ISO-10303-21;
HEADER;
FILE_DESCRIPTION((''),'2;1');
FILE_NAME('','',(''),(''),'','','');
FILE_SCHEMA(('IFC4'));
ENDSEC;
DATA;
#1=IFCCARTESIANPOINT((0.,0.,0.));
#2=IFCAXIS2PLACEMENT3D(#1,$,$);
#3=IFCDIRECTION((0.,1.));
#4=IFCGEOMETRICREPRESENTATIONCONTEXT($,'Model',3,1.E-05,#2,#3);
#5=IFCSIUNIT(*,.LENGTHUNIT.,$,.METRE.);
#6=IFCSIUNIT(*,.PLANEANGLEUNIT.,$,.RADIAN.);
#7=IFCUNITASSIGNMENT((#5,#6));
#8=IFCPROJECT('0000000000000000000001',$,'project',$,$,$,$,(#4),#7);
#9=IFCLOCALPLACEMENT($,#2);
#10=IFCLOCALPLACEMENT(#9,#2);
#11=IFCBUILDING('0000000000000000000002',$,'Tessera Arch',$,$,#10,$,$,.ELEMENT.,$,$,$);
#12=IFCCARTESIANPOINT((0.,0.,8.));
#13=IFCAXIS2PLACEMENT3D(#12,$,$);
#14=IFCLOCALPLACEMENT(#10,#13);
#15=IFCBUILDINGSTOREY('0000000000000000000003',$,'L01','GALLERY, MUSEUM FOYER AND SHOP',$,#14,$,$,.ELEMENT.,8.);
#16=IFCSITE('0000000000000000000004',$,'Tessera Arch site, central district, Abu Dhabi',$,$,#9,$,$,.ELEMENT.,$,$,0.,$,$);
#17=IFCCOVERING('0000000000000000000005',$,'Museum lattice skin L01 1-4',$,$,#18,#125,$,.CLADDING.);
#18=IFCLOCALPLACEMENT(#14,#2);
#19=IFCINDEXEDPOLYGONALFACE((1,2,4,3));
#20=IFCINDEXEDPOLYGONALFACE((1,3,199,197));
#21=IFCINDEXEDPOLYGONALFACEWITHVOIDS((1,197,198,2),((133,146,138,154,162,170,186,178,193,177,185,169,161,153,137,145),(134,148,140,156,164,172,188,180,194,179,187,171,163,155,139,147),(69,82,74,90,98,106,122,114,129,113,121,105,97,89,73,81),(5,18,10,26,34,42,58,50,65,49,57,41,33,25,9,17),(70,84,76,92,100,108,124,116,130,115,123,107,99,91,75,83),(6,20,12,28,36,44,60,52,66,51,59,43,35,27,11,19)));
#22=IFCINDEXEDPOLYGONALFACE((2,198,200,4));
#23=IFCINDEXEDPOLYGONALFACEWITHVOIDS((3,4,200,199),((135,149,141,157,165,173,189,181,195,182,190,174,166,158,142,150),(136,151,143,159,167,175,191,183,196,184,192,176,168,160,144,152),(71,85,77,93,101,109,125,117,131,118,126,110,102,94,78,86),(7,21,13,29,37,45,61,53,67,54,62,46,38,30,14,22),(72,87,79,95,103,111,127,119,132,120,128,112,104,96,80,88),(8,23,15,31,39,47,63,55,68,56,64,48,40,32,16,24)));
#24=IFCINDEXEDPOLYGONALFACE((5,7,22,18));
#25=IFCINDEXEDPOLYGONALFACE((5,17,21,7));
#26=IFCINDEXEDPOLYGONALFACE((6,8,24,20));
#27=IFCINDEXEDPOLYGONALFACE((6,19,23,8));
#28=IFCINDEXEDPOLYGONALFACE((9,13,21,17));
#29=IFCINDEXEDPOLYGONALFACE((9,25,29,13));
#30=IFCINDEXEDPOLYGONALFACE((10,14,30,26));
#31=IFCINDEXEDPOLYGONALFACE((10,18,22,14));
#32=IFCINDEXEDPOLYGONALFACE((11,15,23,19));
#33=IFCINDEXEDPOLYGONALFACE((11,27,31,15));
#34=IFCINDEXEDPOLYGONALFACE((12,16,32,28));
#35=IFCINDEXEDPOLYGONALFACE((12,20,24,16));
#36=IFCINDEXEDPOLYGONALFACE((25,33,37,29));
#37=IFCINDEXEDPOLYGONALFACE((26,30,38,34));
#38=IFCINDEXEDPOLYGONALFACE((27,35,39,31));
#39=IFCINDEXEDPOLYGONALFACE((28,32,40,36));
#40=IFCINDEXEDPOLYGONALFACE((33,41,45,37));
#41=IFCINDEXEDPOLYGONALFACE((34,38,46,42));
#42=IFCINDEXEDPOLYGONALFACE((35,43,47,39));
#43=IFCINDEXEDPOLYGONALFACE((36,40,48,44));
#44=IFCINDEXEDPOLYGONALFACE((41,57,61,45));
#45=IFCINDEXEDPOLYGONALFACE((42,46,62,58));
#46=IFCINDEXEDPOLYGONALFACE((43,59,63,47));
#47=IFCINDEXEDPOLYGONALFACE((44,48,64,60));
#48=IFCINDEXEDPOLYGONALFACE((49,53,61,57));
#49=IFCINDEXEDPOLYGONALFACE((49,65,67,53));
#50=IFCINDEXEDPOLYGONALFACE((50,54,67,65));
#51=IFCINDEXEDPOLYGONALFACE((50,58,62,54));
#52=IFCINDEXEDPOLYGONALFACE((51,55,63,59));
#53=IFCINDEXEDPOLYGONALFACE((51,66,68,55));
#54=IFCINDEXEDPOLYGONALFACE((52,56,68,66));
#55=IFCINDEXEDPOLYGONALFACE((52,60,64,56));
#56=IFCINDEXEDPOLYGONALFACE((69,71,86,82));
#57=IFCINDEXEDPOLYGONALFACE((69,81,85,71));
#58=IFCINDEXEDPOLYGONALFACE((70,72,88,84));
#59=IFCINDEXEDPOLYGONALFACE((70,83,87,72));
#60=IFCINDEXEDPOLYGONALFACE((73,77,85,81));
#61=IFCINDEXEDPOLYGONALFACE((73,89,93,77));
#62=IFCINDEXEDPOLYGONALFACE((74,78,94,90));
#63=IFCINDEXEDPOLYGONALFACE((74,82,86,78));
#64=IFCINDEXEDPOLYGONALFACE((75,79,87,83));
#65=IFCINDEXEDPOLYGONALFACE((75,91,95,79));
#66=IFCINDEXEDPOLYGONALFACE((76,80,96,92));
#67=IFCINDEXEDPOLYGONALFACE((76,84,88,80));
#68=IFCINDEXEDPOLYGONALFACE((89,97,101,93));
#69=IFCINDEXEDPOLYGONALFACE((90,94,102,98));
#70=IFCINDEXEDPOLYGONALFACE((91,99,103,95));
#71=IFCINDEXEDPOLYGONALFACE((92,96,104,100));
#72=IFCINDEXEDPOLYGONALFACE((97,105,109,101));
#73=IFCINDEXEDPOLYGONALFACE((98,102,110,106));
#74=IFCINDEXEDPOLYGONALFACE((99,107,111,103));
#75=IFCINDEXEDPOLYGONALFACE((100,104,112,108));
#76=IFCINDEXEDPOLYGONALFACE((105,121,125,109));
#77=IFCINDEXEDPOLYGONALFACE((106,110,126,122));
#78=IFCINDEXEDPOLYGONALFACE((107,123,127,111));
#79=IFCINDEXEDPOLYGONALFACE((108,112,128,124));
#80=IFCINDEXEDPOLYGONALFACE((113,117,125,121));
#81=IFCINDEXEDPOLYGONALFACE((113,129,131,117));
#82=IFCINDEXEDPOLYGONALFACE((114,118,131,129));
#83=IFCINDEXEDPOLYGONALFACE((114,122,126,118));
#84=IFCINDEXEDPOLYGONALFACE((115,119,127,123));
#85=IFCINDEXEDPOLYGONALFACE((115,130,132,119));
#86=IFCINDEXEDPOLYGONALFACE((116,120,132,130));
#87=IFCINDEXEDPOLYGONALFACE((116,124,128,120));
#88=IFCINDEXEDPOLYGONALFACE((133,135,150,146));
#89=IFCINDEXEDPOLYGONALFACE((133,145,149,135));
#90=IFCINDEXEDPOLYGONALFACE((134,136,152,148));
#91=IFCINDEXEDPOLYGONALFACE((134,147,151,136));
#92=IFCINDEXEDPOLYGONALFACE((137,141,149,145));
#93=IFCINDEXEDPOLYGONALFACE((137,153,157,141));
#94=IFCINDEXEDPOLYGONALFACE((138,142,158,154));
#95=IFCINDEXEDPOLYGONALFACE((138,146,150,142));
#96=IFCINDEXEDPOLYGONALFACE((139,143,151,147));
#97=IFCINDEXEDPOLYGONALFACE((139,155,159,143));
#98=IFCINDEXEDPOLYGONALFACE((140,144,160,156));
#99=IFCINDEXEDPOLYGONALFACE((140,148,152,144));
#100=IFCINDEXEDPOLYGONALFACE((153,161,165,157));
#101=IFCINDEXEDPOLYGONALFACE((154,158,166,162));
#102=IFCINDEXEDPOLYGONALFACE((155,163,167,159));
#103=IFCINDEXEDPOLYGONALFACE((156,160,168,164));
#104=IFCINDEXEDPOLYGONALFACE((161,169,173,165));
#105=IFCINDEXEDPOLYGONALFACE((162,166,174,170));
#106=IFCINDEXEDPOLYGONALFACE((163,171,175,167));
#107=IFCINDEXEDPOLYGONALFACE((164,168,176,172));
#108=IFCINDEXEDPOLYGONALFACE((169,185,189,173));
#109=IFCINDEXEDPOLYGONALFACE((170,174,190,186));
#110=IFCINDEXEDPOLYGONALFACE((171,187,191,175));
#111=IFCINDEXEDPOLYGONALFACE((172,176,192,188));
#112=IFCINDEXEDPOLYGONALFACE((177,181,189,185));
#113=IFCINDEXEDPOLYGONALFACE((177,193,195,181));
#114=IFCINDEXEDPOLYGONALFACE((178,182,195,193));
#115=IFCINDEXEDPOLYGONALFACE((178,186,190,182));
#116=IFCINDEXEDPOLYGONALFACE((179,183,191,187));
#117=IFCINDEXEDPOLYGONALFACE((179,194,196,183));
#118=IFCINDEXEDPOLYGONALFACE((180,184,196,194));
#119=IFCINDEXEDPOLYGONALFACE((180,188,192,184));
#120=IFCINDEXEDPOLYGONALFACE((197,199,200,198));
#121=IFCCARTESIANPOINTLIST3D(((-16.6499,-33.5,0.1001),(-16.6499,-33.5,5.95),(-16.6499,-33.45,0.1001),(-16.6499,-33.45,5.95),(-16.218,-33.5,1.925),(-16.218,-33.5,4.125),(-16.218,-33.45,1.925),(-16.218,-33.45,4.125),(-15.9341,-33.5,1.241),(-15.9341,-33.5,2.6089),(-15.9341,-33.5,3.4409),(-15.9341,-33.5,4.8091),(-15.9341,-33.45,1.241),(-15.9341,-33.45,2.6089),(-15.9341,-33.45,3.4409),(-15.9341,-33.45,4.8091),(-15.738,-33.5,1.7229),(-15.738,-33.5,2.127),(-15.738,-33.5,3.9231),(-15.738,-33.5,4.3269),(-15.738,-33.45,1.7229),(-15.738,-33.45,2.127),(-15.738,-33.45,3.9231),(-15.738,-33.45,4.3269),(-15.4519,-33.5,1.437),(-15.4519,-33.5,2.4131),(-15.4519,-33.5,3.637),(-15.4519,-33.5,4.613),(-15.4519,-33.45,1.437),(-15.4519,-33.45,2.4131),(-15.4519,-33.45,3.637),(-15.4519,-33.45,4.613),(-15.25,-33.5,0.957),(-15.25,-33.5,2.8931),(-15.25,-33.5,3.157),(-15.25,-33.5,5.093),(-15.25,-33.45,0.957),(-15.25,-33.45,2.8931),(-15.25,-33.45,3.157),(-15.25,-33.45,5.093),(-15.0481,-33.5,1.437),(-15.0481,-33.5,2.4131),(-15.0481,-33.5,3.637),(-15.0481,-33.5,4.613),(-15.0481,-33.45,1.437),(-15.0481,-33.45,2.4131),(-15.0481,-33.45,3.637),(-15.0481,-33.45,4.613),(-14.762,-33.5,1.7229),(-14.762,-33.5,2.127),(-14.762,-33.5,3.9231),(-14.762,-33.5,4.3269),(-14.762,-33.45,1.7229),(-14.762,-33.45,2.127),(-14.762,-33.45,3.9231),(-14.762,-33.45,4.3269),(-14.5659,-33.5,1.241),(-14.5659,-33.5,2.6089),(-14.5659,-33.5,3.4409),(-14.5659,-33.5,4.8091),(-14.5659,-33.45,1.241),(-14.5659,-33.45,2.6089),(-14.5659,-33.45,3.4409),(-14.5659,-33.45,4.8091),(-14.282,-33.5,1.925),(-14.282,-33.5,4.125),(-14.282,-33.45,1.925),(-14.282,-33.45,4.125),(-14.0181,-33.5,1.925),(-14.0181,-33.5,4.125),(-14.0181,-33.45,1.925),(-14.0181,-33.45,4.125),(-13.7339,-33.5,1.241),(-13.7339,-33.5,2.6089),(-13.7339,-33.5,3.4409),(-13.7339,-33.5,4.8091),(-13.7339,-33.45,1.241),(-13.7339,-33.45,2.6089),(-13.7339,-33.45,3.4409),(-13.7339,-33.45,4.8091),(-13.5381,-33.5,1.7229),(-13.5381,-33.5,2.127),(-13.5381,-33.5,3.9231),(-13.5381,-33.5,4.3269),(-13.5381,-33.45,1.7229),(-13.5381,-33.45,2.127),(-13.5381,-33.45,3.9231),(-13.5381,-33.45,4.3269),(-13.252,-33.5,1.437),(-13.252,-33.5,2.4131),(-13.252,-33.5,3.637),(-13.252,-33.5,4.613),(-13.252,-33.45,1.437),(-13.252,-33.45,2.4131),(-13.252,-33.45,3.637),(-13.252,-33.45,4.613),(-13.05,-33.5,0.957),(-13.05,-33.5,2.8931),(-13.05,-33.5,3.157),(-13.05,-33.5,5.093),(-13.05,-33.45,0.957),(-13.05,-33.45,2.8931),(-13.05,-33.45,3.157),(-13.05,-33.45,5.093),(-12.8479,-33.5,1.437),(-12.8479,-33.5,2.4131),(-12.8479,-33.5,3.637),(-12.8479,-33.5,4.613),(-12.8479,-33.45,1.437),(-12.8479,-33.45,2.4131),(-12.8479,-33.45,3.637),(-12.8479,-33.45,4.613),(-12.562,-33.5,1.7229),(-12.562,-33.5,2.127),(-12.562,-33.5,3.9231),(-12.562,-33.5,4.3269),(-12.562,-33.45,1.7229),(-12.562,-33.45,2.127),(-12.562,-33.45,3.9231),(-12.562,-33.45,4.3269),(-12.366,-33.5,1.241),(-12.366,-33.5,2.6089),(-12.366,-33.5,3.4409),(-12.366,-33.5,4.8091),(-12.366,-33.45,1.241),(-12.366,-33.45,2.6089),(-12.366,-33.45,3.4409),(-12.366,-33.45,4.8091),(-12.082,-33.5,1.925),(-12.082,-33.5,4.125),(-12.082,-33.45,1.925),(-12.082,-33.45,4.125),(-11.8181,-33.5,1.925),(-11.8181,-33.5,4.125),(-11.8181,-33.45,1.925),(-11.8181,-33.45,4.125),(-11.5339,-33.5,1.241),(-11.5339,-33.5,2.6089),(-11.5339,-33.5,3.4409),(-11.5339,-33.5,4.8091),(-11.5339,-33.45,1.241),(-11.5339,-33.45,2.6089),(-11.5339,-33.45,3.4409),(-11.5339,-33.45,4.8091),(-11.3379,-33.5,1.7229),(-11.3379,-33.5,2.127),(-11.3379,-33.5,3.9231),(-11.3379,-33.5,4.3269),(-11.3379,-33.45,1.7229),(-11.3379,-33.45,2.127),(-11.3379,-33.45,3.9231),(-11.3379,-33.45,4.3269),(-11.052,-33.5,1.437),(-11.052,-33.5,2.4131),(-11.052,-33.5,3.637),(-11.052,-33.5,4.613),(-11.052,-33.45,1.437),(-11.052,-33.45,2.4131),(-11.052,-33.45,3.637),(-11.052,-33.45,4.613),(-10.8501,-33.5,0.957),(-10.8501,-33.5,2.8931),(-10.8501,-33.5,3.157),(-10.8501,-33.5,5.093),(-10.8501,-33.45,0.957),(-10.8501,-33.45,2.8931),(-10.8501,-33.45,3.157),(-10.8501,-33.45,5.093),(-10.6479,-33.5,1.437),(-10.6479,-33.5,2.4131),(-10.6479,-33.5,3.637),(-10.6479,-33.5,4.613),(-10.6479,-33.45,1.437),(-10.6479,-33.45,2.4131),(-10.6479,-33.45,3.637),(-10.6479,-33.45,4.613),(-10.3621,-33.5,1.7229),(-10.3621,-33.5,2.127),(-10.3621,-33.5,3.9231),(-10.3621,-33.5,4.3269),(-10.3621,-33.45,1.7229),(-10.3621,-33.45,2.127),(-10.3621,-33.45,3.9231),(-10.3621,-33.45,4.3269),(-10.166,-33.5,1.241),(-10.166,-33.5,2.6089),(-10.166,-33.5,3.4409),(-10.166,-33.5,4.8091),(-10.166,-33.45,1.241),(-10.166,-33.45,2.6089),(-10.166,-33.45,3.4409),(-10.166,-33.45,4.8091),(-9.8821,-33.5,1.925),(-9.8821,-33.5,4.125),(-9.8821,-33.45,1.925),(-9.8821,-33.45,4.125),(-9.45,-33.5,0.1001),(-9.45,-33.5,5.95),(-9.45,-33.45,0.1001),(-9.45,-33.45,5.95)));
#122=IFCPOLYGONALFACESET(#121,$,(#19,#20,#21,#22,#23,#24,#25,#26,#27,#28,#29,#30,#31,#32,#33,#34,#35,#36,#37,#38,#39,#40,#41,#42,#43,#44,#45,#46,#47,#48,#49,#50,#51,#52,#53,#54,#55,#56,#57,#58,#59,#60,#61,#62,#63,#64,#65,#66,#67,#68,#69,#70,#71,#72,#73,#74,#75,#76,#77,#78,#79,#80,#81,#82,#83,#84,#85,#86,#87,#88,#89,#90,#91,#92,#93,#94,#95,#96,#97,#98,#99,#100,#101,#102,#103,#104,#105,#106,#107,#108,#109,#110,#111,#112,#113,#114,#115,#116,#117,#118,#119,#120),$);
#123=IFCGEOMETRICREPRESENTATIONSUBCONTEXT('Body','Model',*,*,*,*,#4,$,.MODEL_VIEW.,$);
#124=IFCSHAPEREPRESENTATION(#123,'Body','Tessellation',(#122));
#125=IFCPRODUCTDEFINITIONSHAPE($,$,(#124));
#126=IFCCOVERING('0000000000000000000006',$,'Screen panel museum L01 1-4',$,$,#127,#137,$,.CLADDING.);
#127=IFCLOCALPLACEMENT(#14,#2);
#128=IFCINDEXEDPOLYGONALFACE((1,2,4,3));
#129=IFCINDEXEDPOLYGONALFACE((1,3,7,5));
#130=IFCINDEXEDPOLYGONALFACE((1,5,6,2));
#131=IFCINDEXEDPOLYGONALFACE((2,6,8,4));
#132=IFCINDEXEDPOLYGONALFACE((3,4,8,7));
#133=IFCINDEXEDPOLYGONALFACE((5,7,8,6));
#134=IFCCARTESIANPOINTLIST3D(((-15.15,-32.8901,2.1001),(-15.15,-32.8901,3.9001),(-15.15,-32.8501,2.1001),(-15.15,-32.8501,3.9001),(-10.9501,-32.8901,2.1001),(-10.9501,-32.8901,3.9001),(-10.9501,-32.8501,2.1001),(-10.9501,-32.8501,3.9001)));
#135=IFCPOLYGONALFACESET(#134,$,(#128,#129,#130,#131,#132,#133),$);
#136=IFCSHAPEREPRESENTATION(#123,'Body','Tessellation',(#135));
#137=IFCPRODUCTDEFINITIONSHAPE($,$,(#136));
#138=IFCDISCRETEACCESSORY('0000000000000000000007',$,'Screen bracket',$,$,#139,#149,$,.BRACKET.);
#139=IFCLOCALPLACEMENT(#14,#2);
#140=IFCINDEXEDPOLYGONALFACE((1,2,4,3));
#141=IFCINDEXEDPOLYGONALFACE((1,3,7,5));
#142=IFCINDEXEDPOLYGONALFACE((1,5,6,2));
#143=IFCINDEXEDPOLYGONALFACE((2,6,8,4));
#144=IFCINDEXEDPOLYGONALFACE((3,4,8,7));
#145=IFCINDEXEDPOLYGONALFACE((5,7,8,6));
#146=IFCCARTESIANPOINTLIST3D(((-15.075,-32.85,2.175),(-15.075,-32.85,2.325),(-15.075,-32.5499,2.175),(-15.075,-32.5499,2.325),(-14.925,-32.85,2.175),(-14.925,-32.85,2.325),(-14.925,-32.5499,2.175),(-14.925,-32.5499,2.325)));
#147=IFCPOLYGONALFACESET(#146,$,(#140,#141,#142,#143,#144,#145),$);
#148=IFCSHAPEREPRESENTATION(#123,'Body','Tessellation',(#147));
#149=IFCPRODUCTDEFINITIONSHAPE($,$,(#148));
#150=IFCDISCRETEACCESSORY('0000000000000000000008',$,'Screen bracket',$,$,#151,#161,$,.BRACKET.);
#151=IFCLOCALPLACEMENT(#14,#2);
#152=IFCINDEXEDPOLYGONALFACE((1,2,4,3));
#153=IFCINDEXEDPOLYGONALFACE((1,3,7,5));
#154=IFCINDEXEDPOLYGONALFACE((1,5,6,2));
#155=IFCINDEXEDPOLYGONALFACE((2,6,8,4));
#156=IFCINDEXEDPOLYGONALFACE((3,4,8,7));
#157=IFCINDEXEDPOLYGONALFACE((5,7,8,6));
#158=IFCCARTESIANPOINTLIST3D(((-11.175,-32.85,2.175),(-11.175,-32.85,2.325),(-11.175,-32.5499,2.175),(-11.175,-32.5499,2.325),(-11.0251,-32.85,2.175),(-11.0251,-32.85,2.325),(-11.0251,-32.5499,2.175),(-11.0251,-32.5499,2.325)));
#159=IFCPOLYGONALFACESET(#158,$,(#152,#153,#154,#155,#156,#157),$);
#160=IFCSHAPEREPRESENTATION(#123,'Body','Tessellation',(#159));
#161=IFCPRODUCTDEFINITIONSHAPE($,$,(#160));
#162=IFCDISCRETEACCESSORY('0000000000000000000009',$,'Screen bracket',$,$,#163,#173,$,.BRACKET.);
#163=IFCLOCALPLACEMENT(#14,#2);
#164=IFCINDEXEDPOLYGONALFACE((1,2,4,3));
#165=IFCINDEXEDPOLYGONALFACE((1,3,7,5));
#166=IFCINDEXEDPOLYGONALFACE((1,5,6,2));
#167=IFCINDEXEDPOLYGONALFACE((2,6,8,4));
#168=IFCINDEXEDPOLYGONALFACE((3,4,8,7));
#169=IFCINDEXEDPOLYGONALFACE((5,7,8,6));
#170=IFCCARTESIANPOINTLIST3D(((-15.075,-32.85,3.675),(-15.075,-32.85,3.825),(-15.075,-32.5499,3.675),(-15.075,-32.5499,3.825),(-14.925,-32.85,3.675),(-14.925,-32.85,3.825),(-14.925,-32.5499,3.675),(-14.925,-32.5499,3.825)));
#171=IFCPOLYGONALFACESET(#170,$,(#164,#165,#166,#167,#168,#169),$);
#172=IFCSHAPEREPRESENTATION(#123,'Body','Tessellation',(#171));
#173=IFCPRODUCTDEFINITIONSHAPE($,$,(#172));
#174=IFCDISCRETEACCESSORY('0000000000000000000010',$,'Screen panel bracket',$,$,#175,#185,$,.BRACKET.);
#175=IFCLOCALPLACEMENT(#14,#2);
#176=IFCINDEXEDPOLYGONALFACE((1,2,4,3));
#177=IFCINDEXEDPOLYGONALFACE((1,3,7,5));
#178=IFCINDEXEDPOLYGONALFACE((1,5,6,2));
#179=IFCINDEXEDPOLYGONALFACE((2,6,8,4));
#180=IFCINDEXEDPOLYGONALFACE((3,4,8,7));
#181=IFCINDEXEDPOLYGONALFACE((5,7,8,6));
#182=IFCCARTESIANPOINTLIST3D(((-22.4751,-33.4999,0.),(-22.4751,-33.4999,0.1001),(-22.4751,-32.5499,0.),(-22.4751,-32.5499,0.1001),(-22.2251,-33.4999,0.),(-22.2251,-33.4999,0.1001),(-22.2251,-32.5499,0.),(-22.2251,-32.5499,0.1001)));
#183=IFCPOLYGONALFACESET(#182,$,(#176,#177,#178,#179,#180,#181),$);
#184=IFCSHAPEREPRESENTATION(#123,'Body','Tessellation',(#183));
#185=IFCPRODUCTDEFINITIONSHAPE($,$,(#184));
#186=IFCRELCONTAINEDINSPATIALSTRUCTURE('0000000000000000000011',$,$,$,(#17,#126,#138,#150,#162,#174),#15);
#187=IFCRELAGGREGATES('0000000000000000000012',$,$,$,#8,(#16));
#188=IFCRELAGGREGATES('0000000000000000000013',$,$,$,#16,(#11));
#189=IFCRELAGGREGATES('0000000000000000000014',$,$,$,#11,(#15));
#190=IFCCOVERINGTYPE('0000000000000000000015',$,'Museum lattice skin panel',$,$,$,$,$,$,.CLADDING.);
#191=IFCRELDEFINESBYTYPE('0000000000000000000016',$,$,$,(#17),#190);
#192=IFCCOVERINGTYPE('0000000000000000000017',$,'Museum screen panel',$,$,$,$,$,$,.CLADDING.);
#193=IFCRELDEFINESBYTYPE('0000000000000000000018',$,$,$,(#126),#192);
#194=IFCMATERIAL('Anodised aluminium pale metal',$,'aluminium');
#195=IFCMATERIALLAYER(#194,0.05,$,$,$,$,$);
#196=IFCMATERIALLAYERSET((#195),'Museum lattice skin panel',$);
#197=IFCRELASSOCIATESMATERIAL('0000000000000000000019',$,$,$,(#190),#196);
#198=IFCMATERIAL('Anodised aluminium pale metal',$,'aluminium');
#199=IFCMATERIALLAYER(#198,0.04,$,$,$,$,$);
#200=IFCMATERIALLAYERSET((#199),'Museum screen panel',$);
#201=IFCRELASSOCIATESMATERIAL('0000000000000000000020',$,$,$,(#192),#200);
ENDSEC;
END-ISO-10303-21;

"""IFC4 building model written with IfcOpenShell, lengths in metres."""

from ifc_helpers import new_model, si_unit, direction, frame, origin, origin_2d, place, context, subcontext, project, spatial, polyline, rectangle, outline, extrude, material, layer, layer_set, type_object, element, save


model = new_model("IFC4")

# Units and contexts
model_context = context("Model", 3, precision=1e-05, world=origin(), true_north=direction((0.0, 1.0)))
body_context = subcontext(model_context, "Body", "Model", "MODEL_VIEW")
ifc_project = project(units=[si_unit("LENGTHUNIT", "METRE"), si_unit("PLANEANGLEUNIT", "RADIAN")], contexts=[model_context])

# Site, building, storey
site_placement = place(None, origin())
site = spatial("IfcSite", under=ifc_project, at=site_placement, Name="Tessera Arch site, central district, Abu Dhabi", CompositionType="ELEMENT", RefElevation=0.0)
building_placement = place(site_placement, origin())
building = spatial("IfcBuilding", under=site, at=building_placement, Name="Tessera Arch", CompositionType="ELEMENT")
storey_placement = place(building_placement, frame((0.0, 0.0, 8.0)))
storey = spatial("IfcBuildingStorey", under=building, at=storey_placement, Name="L01", Description="GALLERY, MUSEUM FOYER AND SHOP", CompositionType="ELEMENT", Elevation=8.0)

# Coverings
ifc_material_1 = material(Name="Anodised aluminium pale metal", Category="aluminium")
ifc_layer_1 = layer(ifc_material_1, 0.05)
ifc_layer_set_1 = layer_set([ifc_layer_1], Name="Museum lattice skin panel")
covering_type_1 = type_object("IfcCoveringType", Name="Museum lattice skin panel", PredefinedType="CLADDING", material=ifc_layer_set_1)
covering_1_placement = place(storey_placement, frame((-16.6499, -33.45, 5.95), z_axis=(0.0, 1.0, 0.0), x_axis=(1.0, 0.0, 0.0)))
element("IfcCovering", 1, at=covering_1_placement, inside=storey, type_object=covering_type_1, Name="Museum lattice skin L01 1-4", PredefinedType="CLADDING", context=body_context, shape_type="SweptSolid", body=[
    extrude(outline(polyline([(0.0, 0.0), (7.2, 0.0), (7.2, 5.8499), (0.0, 5.8499), (0.0, 0.0)]), holes=[polyline([(2.3679, 4.0249), (1.8879, 3.823), (2.084, 3.3411), (1.6018, 3.5369), (1.3999, 3.0569), (1.198, 3.5369), (0.7158, 3.3411), (0.9119, 3.823), (0.4319, 4.0249), (0.9119, 4.2271), (0.7158, 4.709), (1.198, 4.5129), (1.3999, 4.9929), (1.6018, 4.5129), (2.084, 4.709), (1.8879, 4.2271), (2.3679, 4.0249)]), polyline([(2.3679, 1.825), (1.8879, 1.623), (2.084, 1.1409), (1.6018, 1.3369), (1.3999, 0.8569), (1.198, 1.3369), (0.7158, 1.1409), (0.9119, 1.623), (0.4319, 1.825), (0.9119, 2.0269), (0.7158, 2.509), (1.198, 2.313), (1.3999, 2.793), (1.6018, 2.313), (2.084, 2.509), (1.8879, 2.0269), (2.3679, 1.825)]), polyline([(4.5679, 4.0249), (4.0879, 3.823), (4.2839, 3.3411), (3.802, 3.5369), (3.5999, 3.0569), (3.3979, 3.5369), (2.916, 3.3411), (3.1118, 3.823), (2.6318, 4.0249), (3.1118, 4.2271), (2.916, 4.709), (3.3979, 4.5129), (3.5999, 4.9929), (3.802, 4.5129), (4.2839, 4.709), (4.0879, 4.2271), (4.5679, 4.0249)]), polyline([(4.5679, 1.825), (4.0879, 1.623), (4.2839, 1.1409), (3.802, 1.3369), (3.5999, 0.8569), (3.3979, 1.3369), (2.916, 1.1409), (3.1118, 1.623), (2.6318, 1.825), (3.1118, 2.0269), (2.916, 2.509), (3.3979, 2.313), (3.5999, 2.793), (3.802, 2.313), (4.2839, 2.509), (4.0879, 2.0269), (4.5679, 1.825)]), polyline([(6.7678, 4.0249), (6.2878, 3.823), (6.4839, 3.3411), (6.002, 3.5369), (5.7998, 3.0569), (5.5979, 3.5369), (5.116, 3.3411), (5.312, 3.823), (4.8318, 4.0249), (5.312, 4.2271), (5.116, 4.709), (5.5979, 4.5129), (5.7998, 4.9929), (6.002, 4.5129), (6.4839, 4.709), (6.2878, 4.2271), (6.7678, 4.0249)]), polyline([(6.7678, 1.825), (6.2878, 1.623), (6.4839, 1.1409), (6.002, 1.3369), (5.7998, 0.8569), (5.5979, 1.3369), (5.116, 1.1409), (5.312, 1.623), (4.8318, 1.825), (5.312, 2.0269), (5.116, 2.509), (5.5979, 2.313), (5.7998, 2.793), (6.002, 2.313), (6.4839, 2.509), (6.2878, 2.0269), (6.7678, 1.825)])]), origin(), (0.0, 0.0, -1.0), 0.05),
])
ifc_material_2 = material(Name="Anodised aluminium pale metal", Category="aluminium")
ifc_layer_2 = layer(ifc_material_2, 0.04)
ifc_layer_set_2 = layer_set([ifc_layer_2], Name="Museum screen panel")
covering_type_2 = type_object("IfcCoveringType", Name="Museum screen panel", PredefinedType="CLADDING", material=ifc_layer_set_2)
covering_2_placement = place(storey_placement, frame((-13.05, -32.8701, 2.1001), z_axis=(0.0, 0.0, 1.0), x_axis=(1.0, 0.0, 0.0)))
element("IfcCovering", 2, at=covering_2_placement, inside=storey, type_object=covering_type_2, Name="Screen panel museum L01 1-4", PredefinedType="CLADDING", context=body_context, shape_type="SweptSolid", body=[
    extrude(rectangle(XDim=4.2, YDim=0.04, at=origin_2d()), origin(), (0.0, 0.0, 1.0), 1.8),
])

# Discrete accessories
for number, where, z_axis, x_axis, name in (
    (3, (-15.0, -32.7, 2.175), (0.0, 0.0, 1.0), (0.0, -1.0, 0.0), "Screen bracket"),
    (4, (-11.1001, -32.7, 2.175), (0.0, 0.0, 1.0), (0.0, -1.0, 0.0), "Screen bracket"),
    (5, (-15.0, -32.7, 3.675), (0.0, 0.0, 1.0), (0.0, -1.0, 0.0), "Screen bracket"),
):
    element("IfcDiscreteAccessory", number, at=place(storey_placement, frame(where, z_axis=z_axis, x_axis=x_axis)), inside=storey, Name=name, PredefinedType="BRACKET", context=body_context, shape_type="SweptSolid", body=[
        extrude(rectangle(XDim=0.3, YDim=0.1499, at=origin_2d()), origin(), (0.0, 0.0, 1.0), 0.1499),
    ])
for number, where, z_axis, x_axis, name in (
    (6, (-22.3501, -33.0249, 0.0), (0.0, 0.0, 1.0), (0.0, -1.0, 0.0), "Screen panel bracket"),
):
    element("IfcDiscreteAccessory", number, at=place(storey_placement, frame(where, z_axis=z_axis, x_axis=x_axis)), inside=storey, Name=name, PredefinedType="BRACKET", context=body_context, shape_type="SweptSolid", body=[
        extrude(rectangle(XDim=0.95, YDim=0.25, at=origin_2d()), origin(), (0.0, 0.0, 1.0), 0.1001),
    ])

save(model, "model.ifc")
